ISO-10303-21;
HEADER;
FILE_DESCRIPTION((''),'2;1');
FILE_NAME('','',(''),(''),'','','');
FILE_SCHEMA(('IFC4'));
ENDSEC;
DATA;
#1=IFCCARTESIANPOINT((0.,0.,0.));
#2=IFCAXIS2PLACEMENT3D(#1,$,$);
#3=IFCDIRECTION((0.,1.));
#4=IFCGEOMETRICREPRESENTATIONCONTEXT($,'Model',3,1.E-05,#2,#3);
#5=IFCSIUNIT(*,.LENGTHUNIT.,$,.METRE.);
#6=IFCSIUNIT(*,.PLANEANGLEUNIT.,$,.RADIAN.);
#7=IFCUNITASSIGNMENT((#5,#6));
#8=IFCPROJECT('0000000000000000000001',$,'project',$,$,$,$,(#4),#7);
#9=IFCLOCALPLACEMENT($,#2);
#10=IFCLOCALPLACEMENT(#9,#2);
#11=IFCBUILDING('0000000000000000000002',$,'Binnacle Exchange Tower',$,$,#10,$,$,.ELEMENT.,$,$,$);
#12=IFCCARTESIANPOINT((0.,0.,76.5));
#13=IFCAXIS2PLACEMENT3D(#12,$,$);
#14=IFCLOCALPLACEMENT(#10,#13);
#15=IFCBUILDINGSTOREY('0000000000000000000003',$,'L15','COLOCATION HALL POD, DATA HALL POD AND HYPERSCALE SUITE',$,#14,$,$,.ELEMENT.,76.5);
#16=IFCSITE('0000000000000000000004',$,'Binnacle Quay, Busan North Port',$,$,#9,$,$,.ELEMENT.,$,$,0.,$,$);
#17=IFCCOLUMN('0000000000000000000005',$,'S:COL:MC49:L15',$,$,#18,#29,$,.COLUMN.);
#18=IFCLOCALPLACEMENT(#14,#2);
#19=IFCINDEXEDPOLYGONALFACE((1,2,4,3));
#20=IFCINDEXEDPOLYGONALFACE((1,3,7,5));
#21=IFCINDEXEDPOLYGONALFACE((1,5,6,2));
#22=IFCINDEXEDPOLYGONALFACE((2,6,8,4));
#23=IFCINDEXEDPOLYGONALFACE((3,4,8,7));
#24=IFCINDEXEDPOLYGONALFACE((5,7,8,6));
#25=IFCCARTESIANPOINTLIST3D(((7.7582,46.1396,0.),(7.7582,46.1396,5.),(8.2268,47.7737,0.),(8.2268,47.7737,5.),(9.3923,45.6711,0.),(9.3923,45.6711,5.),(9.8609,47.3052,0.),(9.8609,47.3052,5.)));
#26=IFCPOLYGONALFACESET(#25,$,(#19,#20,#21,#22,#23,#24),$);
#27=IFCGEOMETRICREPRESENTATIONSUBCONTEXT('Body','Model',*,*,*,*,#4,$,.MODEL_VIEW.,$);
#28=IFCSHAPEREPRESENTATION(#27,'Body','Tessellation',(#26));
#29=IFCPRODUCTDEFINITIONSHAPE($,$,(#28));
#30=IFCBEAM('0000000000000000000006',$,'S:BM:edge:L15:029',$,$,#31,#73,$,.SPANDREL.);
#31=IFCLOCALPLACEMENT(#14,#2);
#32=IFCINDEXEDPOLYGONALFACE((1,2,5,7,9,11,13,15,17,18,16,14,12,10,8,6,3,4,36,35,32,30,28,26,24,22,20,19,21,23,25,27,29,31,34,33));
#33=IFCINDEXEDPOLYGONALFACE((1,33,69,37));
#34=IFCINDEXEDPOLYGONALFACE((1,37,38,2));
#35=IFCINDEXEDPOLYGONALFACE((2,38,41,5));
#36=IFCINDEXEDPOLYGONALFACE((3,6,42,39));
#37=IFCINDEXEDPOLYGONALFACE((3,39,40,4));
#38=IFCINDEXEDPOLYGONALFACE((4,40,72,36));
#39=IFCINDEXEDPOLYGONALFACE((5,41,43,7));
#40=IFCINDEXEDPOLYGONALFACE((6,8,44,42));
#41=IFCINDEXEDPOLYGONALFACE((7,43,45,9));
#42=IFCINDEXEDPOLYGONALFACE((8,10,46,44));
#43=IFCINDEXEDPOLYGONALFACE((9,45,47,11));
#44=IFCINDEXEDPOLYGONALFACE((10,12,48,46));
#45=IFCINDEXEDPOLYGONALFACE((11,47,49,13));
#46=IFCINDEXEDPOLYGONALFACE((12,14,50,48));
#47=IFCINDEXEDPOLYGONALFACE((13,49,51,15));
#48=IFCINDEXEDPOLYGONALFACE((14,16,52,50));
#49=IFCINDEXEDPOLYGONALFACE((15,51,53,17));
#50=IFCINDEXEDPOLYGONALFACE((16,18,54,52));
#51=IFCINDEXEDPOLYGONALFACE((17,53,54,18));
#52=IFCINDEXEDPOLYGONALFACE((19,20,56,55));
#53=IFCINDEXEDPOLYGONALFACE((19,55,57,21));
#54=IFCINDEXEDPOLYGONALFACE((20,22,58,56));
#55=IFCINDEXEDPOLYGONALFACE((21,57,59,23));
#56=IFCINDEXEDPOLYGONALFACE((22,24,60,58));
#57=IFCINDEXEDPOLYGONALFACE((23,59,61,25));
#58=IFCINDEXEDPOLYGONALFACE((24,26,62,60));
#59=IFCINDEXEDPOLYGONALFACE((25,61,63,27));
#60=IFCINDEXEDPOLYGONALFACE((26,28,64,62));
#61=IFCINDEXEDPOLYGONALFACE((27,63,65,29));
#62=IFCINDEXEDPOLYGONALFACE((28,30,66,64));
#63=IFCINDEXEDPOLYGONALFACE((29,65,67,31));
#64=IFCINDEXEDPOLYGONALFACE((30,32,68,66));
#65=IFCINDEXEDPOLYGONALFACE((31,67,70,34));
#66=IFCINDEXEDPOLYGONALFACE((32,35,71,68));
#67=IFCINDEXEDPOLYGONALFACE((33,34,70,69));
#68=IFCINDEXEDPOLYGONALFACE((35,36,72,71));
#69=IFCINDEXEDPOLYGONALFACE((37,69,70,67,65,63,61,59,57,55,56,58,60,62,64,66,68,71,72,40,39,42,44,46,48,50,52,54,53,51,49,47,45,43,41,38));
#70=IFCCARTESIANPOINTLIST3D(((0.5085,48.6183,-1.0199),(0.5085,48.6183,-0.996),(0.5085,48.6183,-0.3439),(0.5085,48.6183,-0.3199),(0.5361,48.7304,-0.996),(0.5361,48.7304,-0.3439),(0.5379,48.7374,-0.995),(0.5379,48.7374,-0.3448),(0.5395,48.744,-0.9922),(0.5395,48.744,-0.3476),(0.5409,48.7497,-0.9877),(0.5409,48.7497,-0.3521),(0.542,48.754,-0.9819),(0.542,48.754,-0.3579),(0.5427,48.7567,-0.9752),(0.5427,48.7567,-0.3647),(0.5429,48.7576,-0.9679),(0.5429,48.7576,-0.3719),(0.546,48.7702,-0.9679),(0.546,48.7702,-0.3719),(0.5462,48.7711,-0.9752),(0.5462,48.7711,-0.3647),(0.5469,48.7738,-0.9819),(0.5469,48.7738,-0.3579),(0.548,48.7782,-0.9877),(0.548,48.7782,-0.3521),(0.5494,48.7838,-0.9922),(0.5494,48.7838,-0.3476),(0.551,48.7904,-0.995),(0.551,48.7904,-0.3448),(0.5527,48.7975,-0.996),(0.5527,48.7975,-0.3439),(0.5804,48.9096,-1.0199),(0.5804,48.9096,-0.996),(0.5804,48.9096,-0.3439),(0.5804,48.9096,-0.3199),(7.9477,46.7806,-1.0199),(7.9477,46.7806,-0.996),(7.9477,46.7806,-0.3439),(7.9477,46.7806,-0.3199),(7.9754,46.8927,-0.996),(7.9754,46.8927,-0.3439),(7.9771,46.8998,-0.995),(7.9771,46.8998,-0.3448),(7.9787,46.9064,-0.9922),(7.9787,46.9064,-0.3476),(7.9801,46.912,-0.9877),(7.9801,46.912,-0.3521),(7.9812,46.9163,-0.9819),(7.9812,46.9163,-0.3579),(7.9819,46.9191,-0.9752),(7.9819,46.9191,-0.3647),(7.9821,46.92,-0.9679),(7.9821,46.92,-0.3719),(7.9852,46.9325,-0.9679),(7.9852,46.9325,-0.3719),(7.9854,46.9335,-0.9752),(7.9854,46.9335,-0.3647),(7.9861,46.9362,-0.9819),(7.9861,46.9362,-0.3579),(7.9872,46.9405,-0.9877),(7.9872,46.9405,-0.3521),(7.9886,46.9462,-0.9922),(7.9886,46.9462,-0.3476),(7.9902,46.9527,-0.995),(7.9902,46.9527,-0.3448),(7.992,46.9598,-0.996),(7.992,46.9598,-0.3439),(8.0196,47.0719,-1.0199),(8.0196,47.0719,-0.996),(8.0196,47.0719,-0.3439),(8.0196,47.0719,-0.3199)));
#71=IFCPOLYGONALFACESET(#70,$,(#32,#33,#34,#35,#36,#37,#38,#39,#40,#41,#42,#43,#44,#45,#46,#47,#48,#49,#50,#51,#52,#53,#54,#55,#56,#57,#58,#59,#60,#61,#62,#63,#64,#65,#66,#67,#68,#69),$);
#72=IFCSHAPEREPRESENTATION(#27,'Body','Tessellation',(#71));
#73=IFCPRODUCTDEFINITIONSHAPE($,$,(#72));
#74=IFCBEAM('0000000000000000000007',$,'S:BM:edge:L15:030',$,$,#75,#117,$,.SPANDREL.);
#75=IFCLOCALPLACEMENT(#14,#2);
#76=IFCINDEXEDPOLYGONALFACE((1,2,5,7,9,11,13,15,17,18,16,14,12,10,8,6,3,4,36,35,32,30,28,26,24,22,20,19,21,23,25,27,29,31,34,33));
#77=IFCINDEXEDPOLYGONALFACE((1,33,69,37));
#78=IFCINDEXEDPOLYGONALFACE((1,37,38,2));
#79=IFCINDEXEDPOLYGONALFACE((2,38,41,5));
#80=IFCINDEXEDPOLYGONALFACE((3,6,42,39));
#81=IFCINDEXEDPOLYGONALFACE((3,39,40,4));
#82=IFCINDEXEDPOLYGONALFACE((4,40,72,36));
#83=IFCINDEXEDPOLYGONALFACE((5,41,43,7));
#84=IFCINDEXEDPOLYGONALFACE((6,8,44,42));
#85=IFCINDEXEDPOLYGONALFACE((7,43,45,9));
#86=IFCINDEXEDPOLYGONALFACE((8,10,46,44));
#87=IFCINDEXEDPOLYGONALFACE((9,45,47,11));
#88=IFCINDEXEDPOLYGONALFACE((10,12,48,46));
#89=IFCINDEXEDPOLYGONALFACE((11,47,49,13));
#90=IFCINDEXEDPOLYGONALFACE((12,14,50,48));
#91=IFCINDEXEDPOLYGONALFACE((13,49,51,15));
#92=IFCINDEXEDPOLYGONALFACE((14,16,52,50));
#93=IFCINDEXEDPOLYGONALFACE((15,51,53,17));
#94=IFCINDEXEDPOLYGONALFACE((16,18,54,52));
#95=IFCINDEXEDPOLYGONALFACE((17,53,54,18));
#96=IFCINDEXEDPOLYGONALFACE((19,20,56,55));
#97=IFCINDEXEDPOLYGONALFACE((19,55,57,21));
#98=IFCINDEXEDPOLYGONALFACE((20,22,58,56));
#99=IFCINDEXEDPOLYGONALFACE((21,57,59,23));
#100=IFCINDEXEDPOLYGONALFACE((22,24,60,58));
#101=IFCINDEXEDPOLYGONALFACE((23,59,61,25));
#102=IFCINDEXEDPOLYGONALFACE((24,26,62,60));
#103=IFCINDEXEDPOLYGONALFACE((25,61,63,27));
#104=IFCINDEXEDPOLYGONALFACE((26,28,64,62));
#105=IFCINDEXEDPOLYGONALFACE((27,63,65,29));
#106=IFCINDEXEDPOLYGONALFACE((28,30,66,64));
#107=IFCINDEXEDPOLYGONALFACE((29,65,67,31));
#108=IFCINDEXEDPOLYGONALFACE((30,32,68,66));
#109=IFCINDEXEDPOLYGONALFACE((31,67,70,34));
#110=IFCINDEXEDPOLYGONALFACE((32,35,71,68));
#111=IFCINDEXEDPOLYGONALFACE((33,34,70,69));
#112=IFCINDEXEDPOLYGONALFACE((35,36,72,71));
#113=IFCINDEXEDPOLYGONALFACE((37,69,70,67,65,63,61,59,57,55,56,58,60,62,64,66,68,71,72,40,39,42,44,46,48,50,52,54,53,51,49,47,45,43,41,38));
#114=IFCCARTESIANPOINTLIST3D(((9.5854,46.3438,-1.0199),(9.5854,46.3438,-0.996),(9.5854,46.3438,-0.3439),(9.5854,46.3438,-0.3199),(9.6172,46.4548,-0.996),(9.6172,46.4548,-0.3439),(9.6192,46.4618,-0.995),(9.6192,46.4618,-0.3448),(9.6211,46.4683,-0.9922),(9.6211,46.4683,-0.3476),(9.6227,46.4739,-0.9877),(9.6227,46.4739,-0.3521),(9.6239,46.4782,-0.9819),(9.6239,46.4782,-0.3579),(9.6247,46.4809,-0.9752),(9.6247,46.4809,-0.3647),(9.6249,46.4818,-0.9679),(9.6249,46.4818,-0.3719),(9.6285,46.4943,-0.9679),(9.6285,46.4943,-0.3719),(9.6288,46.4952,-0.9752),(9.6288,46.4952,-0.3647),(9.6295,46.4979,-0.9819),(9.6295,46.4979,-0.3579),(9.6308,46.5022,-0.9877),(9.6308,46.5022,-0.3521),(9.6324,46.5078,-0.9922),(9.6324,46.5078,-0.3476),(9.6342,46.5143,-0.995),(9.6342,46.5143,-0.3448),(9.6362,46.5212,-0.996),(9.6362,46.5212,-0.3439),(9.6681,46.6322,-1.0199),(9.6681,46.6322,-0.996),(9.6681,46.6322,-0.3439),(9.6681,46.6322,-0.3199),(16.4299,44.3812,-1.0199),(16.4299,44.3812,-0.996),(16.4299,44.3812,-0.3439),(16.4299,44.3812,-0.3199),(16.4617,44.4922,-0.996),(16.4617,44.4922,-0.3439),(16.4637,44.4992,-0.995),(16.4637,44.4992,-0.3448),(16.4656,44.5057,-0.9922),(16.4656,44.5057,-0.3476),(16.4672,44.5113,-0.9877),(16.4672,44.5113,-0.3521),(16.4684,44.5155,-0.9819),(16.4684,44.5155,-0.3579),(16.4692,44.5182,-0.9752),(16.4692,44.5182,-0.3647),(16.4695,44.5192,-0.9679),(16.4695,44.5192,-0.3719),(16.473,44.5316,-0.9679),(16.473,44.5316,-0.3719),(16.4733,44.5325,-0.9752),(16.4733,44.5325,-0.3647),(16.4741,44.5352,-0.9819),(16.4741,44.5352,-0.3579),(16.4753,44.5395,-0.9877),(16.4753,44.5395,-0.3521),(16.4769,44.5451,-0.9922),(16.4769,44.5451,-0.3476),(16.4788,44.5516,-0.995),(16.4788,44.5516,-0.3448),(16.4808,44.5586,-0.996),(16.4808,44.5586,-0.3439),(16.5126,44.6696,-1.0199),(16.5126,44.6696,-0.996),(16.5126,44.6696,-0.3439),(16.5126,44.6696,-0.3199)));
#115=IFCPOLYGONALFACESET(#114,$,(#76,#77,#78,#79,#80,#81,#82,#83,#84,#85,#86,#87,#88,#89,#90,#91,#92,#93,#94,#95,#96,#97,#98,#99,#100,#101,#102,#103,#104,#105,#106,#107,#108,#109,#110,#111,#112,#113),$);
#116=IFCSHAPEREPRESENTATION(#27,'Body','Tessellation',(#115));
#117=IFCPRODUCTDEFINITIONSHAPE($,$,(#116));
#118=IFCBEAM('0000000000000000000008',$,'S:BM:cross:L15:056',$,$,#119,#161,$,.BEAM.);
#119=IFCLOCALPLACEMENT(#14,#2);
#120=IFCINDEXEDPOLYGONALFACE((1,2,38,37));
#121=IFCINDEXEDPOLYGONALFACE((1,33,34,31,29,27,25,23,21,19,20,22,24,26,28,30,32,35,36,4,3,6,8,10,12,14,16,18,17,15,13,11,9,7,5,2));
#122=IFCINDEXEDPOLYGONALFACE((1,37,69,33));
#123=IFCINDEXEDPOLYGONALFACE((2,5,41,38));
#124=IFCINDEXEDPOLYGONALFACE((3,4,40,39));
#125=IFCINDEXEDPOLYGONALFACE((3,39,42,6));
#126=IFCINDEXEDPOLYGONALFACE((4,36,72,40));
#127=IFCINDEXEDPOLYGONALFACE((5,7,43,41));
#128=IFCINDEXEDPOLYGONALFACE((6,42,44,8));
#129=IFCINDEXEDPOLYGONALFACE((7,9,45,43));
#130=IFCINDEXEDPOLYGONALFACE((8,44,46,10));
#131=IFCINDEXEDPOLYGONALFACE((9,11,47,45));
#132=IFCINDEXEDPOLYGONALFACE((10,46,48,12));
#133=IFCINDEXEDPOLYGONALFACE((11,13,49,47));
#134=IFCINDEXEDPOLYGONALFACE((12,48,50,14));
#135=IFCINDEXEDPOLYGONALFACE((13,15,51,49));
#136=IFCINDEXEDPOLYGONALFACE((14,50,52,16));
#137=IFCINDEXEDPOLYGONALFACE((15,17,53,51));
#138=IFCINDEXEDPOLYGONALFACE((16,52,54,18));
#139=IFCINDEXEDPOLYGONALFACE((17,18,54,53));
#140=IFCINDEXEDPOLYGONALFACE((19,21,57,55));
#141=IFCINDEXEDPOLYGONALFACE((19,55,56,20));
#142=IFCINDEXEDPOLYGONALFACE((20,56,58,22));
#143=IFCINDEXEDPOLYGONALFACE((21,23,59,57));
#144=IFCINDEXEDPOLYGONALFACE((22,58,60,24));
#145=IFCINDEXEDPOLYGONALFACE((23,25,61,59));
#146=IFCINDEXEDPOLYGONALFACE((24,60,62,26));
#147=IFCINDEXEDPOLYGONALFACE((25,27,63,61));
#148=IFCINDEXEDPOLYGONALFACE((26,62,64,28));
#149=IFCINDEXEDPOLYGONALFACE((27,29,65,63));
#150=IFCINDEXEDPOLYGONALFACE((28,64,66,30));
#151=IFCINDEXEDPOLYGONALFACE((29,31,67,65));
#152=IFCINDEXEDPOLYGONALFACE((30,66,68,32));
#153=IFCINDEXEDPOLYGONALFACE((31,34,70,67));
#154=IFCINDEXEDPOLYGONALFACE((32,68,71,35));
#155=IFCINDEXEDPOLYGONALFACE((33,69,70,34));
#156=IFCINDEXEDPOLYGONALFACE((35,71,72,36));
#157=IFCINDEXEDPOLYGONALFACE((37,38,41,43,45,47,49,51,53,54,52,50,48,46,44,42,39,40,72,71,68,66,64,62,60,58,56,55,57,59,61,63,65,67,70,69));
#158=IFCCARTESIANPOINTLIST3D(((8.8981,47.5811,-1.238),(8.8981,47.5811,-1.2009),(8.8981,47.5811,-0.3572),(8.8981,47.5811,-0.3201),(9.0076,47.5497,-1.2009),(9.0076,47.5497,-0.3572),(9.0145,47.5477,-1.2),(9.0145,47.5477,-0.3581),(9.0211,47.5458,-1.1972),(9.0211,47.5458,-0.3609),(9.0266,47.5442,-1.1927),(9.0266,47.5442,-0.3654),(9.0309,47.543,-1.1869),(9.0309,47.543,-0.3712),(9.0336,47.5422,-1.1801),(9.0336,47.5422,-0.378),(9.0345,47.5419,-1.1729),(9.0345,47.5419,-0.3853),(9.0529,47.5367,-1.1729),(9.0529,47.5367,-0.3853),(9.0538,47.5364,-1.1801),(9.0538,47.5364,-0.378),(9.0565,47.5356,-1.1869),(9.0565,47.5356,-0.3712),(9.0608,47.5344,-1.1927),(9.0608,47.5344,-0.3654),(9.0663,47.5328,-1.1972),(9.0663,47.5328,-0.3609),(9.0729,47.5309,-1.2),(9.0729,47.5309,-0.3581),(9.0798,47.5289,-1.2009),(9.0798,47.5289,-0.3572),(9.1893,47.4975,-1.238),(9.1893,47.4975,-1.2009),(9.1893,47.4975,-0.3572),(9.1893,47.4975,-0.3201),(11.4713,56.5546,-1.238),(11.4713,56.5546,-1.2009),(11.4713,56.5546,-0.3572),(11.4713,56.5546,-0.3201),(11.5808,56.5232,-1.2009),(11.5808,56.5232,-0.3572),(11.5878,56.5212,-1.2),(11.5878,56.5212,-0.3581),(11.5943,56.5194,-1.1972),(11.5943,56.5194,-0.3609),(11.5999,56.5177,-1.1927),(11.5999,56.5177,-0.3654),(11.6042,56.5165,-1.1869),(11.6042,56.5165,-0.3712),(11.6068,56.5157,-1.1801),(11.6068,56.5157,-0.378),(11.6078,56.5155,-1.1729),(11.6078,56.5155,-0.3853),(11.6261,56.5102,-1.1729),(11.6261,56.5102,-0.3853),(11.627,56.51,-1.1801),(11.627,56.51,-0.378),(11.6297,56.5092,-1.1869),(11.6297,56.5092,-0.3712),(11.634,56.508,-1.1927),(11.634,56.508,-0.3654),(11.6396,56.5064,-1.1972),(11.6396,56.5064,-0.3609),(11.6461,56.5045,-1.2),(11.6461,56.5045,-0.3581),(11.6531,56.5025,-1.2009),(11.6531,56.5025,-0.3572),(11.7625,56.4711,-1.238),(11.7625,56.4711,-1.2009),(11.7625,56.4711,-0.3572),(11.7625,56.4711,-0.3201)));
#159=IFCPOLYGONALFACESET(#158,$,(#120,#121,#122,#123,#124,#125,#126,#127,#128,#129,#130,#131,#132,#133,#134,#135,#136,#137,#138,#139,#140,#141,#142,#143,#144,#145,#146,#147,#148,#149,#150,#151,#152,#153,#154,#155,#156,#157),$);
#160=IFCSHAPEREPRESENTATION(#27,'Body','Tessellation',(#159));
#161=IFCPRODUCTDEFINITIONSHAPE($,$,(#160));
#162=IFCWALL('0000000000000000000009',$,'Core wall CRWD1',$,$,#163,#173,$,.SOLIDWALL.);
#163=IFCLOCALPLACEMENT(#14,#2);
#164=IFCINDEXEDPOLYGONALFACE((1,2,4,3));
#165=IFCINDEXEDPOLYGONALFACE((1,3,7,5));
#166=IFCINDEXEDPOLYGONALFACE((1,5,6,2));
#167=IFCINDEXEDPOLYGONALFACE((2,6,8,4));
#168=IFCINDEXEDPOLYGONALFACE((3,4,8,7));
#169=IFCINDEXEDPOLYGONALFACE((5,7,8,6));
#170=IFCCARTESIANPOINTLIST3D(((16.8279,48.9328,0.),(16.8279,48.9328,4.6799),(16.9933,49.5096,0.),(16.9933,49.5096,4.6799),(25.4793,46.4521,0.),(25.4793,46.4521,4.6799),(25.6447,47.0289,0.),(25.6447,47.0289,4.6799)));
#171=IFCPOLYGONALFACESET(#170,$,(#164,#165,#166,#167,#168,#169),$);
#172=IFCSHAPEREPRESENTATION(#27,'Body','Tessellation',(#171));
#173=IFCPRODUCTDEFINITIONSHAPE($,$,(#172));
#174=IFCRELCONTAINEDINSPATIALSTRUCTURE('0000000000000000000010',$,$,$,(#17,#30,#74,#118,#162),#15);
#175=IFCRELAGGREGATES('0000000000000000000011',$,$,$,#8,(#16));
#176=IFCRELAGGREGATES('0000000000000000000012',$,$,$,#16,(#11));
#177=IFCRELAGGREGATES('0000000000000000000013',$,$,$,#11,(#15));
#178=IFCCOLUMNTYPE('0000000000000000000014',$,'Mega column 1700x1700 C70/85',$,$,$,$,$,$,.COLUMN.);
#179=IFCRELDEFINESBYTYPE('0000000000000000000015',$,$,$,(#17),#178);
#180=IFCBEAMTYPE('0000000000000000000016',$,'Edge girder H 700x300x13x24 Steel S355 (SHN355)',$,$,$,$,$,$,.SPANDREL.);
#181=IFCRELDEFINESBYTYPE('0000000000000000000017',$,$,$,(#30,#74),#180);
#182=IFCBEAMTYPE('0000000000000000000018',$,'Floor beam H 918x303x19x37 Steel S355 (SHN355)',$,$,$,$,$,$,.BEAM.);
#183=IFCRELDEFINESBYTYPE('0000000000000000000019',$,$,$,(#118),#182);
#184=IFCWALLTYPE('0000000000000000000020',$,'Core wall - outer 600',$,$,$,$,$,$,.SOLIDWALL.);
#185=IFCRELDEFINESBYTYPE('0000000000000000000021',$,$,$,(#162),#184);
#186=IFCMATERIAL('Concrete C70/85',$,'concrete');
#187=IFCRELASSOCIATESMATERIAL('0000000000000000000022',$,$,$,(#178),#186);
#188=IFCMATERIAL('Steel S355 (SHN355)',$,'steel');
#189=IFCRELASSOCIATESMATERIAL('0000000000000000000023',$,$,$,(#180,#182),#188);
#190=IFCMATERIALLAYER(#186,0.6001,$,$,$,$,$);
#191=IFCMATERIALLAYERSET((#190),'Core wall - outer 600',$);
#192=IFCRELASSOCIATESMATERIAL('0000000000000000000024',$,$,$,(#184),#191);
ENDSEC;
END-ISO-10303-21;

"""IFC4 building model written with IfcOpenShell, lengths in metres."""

from ifc_helpers import new_model, si_unit, direction, frame, frame_2d, origin, origin_2d, place, context, subcontext, project, spatial, rectangle, i_section, extrude, material, layer, layer_set, material_profile, profile_set, type_object, element, save


model = new_model("IFC4")

# Units and contexts
model_context = context("Model", 3, precision=1e-05, world=origin(), true_north=direction((0.0, 1.0)))
body_context = subcontext(model_context, "Body", "Model", "MODEL_VIEW")
ifc_project = project(units=[si_unit("LENGTHUNIT", "METRE"), si_unit("PLANEANGLEUNIT", "RADIAN")], contexts=[model_context])

# Site, building, storey
site_placement = place(None, origin())
site = spatial("IfcSite", under=ifc_project, at=site_placement, Name="Binnacle Quay, Busan North Port", CompositionType="ELEMENT", RefElevation=0.0)
building_placement = place(site_placement, origin())
building = spatial("IfcBuilding", under=site, at=building_placement, Name="Binnacle Exchange Tower", CompositionType="ELEMENT")
storey_placement = place(building_placement, frame((0.0, 0.0, 76.5)))
storey = spatial("IfcBuildingStorey", under=building, at=storey_placement, Name="L15", Description="COLOCATION HALL POD, DATA HALL POD AND HYPERSCALE SUITE", CompositionType="ELEMENT", Elevation=76.5)

# Column
ifc_material_1 = material(Name="Concrete C70/85", Category="concrete")
ifc_material_profile_1 = material_profile(ifc_material_1, rectangle(XDim=1.7, YDim=1.7, at=origin_2d()), Name="Mega column 1700x1700 C70/85")
ifc_profile_set_1 = profile_set([ifc_material_profile_1], Name="Concrete C70/85")
column_type = type_object("IfcColumnType", Name="Mega column 1700x1700 C70/85", PredefinedType="COLUMN", material=ifc_profile_set_1)
column_placement = place(storey_placement, frame((8.8096, 46.7224, 0.0), z_axis=(0.0, 0.0, 1.0), x_axis=(0.961262, -0.275637, 0.0)))
element("IfcColumn", 1, at=column_placement, inside=storey, type_object=column_type, Name="S:COL:MC49:L15", PredefinedType="COLUMN", context=body_context, shape_type="SweptSolid", body=[
    extrude(rectangle(XDim=1.7, YDim=1.7, at=origin_2d()), origin(), (0.0, 0.0, 1.0), 5.0),
])

# Beams
ifc_material_2 = material(Name="Steel S355 (SHN355)", Category="steel")
ifc_material_profile_2 = material_profile(ifc_material_2, i_section(OverallWidth=0.3, OverallDepth=0.7, WebThickness=0.0129, FlangeThickness=0.0239, FilletRadius=0.0281, at=origin_2d()), Name="H 700x300x13x24")
ifc_profile_set_2 = profile_set([ifc_material_profile_2], Name="Steel S355 (SHN355)")
beam_type_1 = type_object("IfcBeamType", Name="Edge girder H 700x300x13x24 Steel S355 (SHN355)", PredefinedType="SPANDREL", material=ifc_profile_set_2)
beam_1_placement = place(storey_placement, frame((0.5444, 48.7639, -0.6699), z_axis=(0.970819, -0.239813, 0.0), x_axis=(0.239813, 0.970819, 0.0)))
element("IfcBeam", 2, at=beam_1_placement, inside=storey, type_object=beam_type_1, Name="S:BM:edge:L15:029", PredefinedType="SPANDREL", context=body_context, shape_type="SweptSolid", body=[
    extrude(i_section(OverallWidth=0.3, OverallDepth=0.7, WebThickness=0.0129, FlangeThickness=0.0239, FilletRadius=0.0281, at=origin_2d()), origin(), (0.0, 0.0, 1.0), 7.6628),
])
beam_2_placement = place(storey_placement, frame((9.6267, 46.488, -0.6699), z_axis=(0.961261, -0.27564, 0.0), x_axis=(0.27564, 0.961261, 0.0)))
element("IfcBeam", 3, at=beam_2_placement, inside=storey, type_object=beam_type_1, Name="S:BM:edge:L15:030", PredefinedType="SPANDREL", context=body_context, shape_type="SweptSolid", body=[
    extrude(i_section(OverallWidth=0.3, OverallDepth=0.7, WebThickness=0.0129, FlangeThickness=0.0239, FilletRadius=0.0281, at=origin_2d()), origin(), (0.0, 0.0, 1.0), 7.1204),
])
ifc_material_profile_3 = material_profile(ifc_material_2, i_section(OverallWidth=0.303, OverallDepth=0.918, WebThickness=0.019, FlangeThickness=0.0371, FilletRadius=0.0281, at=origin_2d()), Name="H 918x303x19x37")
ifc_profile_set_3 = profile_set([ifc_material_profile_3], Name="Steel S355 (SHN355)")
beam_type_2 = type_object("IfcBeamType", Name="Floor beam H 918x303x19x37 Steel S355 (SHN355)", PredefinedType="BEAM", material=ifc_profile_set_3)
beam_3_placement = place(storey_placement, frame((9.0437, 47.5393, -0.7791), z_axis=(0.275647, 0.961259, 0.0), x_axis=(-0.961259, 0.275647, 0.0)))
element("IfcBeam", 4, at=beam_3_placement, inside=storey, type_object=beam_type_2, Name="S:BM:cross:L15:056", PredefinedType="BEAM", context=body_context, shape_type="SweptSolid", body=[
    extrude(i_section(OverallWidth=0.303, OverallDepth=0.918, WebThickness=0.019, FlangeThickness=0.0371, FilletRadius=0.0281, at=origin_2d()), origin(), (0.0, 0.0, 1.0), 9.3352),
])

# Wall
ifc_layer_1 = layer(ifc_material_1, 0.6001)
ifc_layer_set_1 = layer_set([ifc_layer_1], Name="Core wall - outer 600")
wall_type_1 = type_object("IfcWallType", Name="Core wall - outer 600", PredefinedType="SOLIDWALL", material=ifc_layer_set_1)
wall_1_placement = place(storey_placement, frame((16.9106, 49.2212, 0.0), z_axis=(0.0, 0.0, 1.0), x_axis=(0.961262, -0.275635, 0.0)))
element("IfcWall", 5, at=wall_1_placement, inside=storey, type_object=wall_type_1, Name="Core wall CRWD1", PredefinedType="SOLIDWALL", context=body_context, shape_type="SweptSolid", body=[
    extrude(rectangle(XDim=9.0, YDim=0.6001, at=frame_2d((4.5, 0.0))), origin(), (0.0, 0.0, 1.0), 4.6799),
])

save(model, "model.ifc")
